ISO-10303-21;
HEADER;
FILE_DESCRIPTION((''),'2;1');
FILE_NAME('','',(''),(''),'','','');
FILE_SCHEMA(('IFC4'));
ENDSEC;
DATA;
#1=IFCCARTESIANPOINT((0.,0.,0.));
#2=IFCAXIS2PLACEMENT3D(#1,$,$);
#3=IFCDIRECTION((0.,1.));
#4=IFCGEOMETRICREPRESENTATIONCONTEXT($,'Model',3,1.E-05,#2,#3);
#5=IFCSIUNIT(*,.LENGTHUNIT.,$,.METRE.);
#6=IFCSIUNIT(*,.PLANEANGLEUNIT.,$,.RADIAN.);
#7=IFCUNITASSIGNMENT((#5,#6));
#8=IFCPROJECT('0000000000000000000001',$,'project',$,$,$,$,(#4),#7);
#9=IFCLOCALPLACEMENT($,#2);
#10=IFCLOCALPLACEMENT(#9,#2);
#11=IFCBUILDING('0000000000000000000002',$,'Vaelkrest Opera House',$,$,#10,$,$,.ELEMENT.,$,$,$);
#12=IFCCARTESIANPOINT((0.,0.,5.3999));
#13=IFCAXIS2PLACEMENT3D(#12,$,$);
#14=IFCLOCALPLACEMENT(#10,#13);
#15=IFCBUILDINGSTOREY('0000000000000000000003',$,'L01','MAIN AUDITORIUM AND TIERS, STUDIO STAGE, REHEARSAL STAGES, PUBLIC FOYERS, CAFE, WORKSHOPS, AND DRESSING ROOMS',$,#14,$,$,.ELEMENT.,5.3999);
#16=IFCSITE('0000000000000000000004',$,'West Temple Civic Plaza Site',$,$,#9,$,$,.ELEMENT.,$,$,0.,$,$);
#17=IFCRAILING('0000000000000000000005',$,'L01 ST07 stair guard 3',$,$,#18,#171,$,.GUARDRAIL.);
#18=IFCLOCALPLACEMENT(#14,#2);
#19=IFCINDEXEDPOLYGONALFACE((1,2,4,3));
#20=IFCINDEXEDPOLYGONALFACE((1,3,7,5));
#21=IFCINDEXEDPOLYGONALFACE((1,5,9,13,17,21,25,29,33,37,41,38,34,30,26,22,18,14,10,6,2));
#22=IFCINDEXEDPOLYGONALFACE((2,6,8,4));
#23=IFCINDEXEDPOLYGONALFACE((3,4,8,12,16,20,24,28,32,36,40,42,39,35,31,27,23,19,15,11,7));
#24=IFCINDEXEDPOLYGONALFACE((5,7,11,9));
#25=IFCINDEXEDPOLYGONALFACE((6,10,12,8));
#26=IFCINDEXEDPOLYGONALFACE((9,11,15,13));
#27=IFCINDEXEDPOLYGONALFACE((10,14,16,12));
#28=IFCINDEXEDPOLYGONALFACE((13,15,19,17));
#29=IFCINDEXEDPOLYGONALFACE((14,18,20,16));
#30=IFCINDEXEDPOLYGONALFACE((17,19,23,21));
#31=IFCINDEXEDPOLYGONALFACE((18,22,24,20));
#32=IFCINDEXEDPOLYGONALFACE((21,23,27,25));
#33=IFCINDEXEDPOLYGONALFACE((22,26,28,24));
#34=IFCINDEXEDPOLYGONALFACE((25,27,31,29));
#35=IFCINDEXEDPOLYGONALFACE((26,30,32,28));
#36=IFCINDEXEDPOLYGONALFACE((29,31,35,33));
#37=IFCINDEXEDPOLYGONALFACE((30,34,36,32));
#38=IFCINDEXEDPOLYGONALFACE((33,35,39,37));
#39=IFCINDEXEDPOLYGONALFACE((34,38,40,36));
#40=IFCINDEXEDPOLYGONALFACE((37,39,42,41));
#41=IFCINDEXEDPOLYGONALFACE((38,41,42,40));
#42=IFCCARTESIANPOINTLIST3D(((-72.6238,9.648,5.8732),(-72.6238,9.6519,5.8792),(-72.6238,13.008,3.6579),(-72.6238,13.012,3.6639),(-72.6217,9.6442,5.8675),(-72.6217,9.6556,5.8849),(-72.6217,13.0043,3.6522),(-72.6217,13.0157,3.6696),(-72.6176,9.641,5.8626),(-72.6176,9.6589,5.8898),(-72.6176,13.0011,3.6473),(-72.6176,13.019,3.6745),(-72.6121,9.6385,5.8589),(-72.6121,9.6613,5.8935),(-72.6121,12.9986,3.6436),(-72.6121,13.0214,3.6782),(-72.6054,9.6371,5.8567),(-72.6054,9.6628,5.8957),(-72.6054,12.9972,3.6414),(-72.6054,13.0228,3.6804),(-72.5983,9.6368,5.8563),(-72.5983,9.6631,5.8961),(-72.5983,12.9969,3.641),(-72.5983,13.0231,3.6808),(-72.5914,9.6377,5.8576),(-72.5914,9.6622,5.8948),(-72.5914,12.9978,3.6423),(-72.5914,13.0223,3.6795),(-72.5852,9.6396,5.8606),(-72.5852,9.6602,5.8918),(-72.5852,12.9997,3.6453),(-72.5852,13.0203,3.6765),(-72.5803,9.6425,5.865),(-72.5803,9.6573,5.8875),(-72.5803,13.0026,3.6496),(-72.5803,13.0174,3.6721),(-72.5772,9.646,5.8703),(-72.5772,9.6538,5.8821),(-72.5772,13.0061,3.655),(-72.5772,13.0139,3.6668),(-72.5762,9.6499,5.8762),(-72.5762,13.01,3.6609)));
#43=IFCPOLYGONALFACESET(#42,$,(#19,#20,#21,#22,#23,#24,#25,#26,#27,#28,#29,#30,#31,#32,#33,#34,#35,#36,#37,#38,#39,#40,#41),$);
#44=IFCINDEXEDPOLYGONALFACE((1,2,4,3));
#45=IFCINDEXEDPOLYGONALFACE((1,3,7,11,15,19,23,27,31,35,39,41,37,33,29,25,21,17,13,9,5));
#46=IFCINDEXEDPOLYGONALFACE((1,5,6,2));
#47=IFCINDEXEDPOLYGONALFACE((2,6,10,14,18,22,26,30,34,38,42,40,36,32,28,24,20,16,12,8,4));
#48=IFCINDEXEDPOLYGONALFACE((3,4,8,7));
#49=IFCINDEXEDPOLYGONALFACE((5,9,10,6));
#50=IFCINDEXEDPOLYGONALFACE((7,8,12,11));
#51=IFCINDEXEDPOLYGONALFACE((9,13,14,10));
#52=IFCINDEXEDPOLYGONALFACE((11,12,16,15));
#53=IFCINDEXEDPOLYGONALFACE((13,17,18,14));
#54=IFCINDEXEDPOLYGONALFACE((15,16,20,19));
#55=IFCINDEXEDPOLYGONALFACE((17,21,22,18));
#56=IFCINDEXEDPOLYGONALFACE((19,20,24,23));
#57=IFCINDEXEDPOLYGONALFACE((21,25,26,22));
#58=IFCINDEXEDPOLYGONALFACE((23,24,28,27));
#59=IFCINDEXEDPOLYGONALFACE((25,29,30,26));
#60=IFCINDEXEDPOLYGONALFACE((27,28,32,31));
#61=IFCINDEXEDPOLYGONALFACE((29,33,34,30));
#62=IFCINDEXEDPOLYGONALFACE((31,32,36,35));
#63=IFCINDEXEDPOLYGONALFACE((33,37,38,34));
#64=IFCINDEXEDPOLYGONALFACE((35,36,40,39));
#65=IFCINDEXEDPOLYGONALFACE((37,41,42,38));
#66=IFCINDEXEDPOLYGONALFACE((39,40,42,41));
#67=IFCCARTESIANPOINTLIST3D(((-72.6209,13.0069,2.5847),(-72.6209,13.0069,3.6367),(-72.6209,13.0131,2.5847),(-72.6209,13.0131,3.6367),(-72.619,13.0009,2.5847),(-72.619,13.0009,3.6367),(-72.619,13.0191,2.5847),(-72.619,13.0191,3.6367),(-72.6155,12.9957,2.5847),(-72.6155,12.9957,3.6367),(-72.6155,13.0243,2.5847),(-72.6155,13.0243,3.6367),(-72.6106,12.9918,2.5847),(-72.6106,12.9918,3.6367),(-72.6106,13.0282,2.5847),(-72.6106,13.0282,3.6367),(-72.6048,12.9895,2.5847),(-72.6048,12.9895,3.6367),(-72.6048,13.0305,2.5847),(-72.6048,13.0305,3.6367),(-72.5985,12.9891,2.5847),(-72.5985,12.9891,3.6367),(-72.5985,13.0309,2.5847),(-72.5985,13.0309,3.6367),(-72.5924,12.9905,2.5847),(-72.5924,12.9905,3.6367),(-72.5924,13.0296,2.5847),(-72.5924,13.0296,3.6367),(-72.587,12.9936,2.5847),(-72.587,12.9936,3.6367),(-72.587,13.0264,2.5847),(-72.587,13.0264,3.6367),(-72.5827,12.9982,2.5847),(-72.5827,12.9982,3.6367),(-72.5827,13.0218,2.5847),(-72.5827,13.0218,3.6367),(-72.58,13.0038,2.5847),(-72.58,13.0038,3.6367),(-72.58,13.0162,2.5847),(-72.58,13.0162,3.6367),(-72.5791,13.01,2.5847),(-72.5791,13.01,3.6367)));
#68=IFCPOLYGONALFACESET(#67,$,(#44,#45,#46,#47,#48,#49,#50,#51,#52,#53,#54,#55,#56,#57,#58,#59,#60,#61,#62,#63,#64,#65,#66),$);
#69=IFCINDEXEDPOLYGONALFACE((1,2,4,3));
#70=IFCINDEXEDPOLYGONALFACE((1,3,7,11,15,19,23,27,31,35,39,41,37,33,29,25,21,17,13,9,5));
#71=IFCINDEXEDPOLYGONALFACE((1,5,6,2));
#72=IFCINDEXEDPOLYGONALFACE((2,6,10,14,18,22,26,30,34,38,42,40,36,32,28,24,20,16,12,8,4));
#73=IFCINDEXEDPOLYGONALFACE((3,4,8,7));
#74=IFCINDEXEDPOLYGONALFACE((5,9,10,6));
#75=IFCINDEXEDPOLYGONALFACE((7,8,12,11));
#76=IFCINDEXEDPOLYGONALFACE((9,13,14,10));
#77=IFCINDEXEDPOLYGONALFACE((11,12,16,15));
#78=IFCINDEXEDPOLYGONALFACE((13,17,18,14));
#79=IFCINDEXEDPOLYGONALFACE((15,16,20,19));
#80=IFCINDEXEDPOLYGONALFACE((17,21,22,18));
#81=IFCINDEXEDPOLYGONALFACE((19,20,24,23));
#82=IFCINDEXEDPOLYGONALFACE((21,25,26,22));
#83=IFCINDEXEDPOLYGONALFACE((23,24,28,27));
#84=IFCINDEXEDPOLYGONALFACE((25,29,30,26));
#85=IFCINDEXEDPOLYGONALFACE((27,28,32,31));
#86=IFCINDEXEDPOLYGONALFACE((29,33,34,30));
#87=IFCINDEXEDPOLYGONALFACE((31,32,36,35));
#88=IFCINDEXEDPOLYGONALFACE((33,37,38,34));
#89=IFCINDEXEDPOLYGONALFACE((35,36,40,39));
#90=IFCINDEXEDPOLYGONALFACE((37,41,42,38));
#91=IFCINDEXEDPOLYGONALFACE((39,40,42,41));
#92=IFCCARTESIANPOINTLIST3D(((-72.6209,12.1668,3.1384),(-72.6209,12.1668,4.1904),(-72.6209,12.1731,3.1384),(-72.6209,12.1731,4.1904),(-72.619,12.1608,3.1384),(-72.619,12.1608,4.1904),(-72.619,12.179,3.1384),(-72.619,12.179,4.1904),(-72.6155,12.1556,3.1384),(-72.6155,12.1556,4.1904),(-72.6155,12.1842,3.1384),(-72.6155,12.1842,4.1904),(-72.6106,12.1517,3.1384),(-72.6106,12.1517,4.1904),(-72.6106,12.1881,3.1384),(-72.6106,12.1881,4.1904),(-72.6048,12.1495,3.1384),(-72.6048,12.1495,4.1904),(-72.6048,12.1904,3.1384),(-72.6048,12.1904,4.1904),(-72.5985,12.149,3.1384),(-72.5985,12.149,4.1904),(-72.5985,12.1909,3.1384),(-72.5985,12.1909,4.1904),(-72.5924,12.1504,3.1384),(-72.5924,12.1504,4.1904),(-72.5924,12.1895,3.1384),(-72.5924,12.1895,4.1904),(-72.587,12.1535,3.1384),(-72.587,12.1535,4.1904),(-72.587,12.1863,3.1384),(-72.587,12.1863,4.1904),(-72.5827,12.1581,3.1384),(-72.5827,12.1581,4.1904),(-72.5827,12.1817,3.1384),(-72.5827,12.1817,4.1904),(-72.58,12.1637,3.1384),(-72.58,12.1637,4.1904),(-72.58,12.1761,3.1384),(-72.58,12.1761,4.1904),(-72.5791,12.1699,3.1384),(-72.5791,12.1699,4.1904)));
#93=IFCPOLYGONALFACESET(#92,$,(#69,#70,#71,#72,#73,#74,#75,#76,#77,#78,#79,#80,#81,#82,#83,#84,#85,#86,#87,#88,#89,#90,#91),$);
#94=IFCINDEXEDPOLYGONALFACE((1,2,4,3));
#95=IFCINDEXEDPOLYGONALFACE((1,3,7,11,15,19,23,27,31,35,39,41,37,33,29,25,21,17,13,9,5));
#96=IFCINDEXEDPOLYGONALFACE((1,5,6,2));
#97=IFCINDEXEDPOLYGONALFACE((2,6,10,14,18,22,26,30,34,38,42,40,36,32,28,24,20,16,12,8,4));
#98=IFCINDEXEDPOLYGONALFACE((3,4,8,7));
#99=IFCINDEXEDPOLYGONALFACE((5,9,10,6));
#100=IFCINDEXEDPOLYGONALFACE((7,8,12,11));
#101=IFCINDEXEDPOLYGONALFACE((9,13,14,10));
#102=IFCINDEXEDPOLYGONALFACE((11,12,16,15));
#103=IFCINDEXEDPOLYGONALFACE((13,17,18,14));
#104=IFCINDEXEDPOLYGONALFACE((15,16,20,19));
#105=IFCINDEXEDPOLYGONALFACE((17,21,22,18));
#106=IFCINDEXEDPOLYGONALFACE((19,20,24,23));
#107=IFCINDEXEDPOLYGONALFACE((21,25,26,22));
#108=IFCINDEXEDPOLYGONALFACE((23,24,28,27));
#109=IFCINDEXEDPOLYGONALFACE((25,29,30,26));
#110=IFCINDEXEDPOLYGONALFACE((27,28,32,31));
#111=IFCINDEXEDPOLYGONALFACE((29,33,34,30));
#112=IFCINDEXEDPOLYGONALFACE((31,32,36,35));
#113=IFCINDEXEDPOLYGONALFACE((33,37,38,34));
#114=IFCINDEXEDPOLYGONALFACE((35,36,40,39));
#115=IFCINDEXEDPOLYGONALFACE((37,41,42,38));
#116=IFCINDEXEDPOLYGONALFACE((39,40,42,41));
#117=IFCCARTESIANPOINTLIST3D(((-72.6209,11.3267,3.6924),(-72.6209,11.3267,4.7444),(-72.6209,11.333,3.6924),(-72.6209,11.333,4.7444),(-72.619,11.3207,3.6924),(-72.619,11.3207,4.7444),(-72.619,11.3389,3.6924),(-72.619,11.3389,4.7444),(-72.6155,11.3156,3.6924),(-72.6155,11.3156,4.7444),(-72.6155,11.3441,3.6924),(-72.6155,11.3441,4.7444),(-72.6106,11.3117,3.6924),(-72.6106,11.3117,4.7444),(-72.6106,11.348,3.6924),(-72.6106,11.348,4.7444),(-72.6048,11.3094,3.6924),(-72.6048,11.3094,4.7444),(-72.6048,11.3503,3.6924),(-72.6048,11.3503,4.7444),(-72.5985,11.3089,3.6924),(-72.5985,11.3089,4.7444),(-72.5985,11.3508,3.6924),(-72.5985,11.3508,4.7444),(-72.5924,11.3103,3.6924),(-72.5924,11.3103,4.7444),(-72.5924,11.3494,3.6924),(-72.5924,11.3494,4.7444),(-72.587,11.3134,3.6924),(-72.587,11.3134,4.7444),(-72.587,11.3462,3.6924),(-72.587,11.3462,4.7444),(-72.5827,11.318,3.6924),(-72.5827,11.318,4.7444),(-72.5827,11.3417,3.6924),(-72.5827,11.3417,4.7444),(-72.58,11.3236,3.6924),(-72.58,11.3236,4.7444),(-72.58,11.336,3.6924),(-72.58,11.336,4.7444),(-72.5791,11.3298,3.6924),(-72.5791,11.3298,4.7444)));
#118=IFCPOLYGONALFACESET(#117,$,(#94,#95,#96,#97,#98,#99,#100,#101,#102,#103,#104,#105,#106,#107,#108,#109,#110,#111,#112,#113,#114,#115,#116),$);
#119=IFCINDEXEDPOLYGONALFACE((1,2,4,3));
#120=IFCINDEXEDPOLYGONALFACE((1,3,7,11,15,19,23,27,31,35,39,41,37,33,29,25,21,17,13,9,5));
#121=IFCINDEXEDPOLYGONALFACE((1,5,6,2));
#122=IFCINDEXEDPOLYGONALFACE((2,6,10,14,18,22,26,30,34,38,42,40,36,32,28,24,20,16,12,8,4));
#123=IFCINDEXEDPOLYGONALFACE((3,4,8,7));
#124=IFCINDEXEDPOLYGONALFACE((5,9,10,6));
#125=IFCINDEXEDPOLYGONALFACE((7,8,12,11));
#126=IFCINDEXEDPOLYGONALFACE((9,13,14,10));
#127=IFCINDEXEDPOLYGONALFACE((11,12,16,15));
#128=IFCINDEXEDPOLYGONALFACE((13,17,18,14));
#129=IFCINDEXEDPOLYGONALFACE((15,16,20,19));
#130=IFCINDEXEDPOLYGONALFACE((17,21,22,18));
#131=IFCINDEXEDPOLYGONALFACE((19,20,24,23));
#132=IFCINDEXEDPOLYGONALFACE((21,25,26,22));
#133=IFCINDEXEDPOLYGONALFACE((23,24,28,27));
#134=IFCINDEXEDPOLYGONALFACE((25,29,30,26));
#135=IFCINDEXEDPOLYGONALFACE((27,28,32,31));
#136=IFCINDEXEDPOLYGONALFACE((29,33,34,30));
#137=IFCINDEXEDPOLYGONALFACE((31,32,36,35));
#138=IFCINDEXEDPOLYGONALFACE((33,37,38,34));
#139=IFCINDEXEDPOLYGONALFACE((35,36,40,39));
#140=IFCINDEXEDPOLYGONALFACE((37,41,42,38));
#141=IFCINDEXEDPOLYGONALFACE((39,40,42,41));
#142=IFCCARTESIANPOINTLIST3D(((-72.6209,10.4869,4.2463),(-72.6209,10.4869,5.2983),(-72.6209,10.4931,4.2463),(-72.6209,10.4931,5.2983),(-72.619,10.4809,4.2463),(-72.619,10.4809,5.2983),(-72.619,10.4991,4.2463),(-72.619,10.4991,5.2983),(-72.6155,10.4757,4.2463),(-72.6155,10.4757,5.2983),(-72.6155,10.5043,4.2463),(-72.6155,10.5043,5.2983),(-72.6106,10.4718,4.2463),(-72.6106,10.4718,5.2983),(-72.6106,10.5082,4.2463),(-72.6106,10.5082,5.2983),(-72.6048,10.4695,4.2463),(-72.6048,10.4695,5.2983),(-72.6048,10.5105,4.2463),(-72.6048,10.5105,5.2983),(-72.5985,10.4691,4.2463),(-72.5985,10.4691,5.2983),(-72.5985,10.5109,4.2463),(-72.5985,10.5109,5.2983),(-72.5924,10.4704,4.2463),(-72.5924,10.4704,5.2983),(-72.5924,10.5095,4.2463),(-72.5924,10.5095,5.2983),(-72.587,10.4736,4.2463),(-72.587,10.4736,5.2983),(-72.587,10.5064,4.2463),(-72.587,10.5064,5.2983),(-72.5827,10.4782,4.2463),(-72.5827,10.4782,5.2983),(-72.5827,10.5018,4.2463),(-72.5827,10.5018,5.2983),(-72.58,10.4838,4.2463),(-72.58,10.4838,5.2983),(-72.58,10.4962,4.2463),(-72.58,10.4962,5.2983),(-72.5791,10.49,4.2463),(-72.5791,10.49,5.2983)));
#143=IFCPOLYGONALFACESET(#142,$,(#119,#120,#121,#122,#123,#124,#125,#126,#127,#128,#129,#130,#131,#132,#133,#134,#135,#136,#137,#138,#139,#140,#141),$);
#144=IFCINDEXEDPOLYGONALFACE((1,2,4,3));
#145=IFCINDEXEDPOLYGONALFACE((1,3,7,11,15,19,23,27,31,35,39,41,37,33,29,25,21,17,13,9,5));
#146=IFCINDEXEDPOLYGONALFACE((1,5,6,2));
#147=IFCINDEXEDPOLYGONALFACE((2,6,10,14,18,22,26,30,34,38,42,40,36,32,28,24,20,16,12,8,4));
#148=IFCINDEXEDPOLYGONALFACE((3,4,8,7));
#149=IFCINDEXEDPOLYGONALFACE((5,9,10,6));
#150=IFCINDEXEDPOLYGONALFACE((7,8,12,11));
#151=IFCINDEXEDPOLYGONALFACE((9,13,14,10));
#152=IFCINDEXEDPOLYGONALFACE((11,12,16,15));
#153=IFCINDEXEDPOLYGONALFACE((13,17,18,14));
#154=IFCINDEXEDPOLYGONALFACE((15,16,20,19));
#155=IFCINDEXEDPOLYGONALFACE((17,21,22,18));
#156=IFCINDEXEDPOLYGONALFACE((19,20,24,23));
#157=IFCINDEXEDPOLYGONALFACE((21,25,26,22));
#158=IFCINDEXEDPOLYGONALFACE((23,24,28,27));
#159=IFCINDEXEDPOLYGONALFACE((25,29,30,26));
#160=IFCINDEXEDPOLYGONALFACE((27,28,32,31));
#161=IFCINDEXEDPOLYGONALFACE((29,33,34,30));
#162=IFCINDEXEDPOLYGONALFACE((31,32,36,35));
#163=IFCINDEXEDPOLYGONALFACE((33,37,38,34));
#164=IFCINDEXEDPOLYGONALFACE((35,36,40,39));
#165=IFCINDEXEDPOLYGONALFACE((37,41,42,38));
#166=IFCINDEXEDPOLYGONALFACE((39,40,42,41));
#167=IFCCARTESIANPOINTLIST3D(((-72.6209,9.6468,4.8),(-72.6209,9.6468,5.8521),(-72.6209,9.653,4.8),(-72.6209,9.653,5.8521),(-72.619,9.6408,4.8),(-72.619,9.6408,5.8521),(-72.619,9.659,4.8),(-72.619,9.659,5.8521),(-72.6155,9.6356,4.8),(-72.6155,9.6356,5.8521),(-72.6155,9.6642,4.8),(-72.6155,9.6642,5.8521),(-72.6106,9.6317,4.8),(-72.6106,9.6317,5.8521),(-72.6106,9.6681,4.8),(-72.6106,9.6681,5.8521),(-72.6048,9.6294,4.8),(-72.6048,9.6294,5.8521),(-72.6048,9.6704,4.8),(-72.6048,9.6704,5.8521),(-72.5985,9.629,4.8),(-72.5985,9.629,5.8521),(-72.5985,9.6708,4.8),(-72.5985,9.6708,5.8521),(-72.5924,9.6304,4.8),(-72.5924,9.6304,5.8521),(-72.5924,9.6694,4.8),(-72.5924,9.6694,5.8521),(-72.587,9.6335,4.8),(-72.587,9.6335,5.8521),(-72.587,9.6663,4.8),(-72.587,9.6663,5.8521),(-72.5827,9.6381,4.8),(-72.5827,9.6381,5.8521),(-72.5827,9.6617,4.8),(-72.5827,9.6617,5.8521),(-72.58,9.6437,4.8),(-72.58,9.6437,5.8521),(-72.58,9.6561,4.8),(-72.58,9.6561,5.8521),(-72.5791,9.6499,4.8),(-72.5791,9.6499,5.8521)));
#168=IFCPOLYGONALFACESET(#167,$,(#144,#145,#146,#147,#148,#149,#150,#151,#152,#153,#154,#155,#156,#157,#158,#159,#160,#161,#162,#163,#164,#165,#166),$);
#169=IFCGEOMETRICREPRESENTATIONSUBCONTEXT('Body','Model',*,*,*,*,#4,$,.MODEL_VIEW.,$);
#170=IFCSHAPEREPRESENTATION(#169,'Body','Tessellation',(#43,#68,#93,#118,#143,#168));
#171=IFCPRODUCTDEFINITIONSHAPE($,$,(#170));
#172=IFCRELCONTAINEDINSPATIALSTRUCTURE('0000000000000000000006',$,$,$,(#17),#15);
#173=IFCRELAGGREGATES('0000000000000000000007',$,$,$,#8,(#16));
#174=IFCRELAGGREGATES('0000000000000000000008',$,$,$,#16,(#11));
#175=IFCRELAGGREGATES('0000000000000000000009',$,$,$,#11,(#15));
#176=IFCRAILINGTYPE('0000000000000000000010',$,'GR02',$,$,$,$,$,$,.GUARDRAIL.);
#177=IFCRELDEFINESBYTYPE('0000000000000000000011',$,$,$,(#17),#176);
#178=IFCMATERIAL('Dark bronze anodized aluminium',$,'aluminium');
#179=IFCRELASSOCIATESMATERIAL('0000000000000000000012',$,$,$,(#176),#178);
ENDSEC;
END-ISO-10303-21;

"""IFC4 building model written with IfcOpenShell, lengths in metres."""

from ifc_helpers import new_model, si_unit, direction, frame, origin, origin_2d, place, context, subcontext, project, spatial, circle, extrude, material, type_object, element, save


model = new_model("IFC4")

# Units and contexts
model_context = context("Model", 3, precision=1e-05, world=origin(), true_north=direction((0.0, 1.0)))
body_context = subcontext(model_context, "Body", "Model", "MODEL_VIEW")
ifc_project = project(units=[si_unit("LENGTHUNIT", "METRE"), si_unit("PLANEANGLEUNIT", "RADIAN")], contexts=[model_context])

# Site, building, storey
site_placement = place(None, origin())
site = spatial("IfcSite", under=ifc_project, at=site_placement, Name="West Temple Civic Plaza Site", CompositionType="ELEMENT", RefElevation=0.0)
building_placement = place(site_placement, origin())
building = spatial("IfcBuilding", under=site, at=building_placement, Name="Vaelkrest Opera House", CompositionType="ELEMENT")
storey_placement = place(building_placement, frame((0.0, 0.0, 5.3999)))
storey = spatial("IfcBuildingStorey", under=building, at=storey_placement, Name="L01", Description="MAIN AUDITORIUM AND TIERS, STUDIO STAGE, REHEARSAL STAGES, PUBLIC FOYERS, CAFE, WORKSHOPS, AND DRESSING ROOMS", CompositionType="ELEMENT", Elevation=5.3999)

# Shared definitions
ifc_material_1 = material(Name="Dark bronze anodized aluminium", Category="aluminium")

# Railing
railing_type_1 = type_object("IfcRailingType", Name="GR02", PredefinedType="GUARDRAIL", material=ifc_material_1)
railing_1_placement = place(storey_placement, frame((-72.6001, 13.01, 2.5847)))
element("IfcRailing", 1, at=railing_1_placement, inside=storey, type_object=railing_type_1, Name="L01 ST07 stair guard 3", PredefinedType="GUARDRAIL", context=body_context, shape_type="SweptSolid", body=[
    extrude(circle(Radius=0.0239, at=origin_2d()), frame((0.0, 0.0, 1.0762), z_axis=(0.0, -0.834876, 0.550437), x_axis=(1.0, 0.0, 0.0)), (0.0, 0.0, 1.0), 4.0247),
    extrude(circle(Radius=0.021, at=origin_2d()), origin(), (0.0, 0.0, 1.0), 1.052),
    extrude(circle(Radius=0.021, at=origin_2d()), frame((0.0, -0.8401, 0.5537)), (0.0, 0.0, 1.0), 1.052),
    extrude(circle(Radius=0.021, at=origin_2d()), frame((0.0, -1.6802, 1.1077)), (0.0, 0.0, 1.0), 1.052),
    extrude(circle(Radius=0.021, at=origin_2d()), frame((0.0, -2.52, 1.6616)), (0.0, 0.0, 1.0), 1.052),
    extrude(circle(Radius=0.021, at=origin_2d()), frame((0.0, -3.3601, 2.2153)), (0.0, 0.0, 1.0), 1.052),
])

save(model, "model.ifc")
